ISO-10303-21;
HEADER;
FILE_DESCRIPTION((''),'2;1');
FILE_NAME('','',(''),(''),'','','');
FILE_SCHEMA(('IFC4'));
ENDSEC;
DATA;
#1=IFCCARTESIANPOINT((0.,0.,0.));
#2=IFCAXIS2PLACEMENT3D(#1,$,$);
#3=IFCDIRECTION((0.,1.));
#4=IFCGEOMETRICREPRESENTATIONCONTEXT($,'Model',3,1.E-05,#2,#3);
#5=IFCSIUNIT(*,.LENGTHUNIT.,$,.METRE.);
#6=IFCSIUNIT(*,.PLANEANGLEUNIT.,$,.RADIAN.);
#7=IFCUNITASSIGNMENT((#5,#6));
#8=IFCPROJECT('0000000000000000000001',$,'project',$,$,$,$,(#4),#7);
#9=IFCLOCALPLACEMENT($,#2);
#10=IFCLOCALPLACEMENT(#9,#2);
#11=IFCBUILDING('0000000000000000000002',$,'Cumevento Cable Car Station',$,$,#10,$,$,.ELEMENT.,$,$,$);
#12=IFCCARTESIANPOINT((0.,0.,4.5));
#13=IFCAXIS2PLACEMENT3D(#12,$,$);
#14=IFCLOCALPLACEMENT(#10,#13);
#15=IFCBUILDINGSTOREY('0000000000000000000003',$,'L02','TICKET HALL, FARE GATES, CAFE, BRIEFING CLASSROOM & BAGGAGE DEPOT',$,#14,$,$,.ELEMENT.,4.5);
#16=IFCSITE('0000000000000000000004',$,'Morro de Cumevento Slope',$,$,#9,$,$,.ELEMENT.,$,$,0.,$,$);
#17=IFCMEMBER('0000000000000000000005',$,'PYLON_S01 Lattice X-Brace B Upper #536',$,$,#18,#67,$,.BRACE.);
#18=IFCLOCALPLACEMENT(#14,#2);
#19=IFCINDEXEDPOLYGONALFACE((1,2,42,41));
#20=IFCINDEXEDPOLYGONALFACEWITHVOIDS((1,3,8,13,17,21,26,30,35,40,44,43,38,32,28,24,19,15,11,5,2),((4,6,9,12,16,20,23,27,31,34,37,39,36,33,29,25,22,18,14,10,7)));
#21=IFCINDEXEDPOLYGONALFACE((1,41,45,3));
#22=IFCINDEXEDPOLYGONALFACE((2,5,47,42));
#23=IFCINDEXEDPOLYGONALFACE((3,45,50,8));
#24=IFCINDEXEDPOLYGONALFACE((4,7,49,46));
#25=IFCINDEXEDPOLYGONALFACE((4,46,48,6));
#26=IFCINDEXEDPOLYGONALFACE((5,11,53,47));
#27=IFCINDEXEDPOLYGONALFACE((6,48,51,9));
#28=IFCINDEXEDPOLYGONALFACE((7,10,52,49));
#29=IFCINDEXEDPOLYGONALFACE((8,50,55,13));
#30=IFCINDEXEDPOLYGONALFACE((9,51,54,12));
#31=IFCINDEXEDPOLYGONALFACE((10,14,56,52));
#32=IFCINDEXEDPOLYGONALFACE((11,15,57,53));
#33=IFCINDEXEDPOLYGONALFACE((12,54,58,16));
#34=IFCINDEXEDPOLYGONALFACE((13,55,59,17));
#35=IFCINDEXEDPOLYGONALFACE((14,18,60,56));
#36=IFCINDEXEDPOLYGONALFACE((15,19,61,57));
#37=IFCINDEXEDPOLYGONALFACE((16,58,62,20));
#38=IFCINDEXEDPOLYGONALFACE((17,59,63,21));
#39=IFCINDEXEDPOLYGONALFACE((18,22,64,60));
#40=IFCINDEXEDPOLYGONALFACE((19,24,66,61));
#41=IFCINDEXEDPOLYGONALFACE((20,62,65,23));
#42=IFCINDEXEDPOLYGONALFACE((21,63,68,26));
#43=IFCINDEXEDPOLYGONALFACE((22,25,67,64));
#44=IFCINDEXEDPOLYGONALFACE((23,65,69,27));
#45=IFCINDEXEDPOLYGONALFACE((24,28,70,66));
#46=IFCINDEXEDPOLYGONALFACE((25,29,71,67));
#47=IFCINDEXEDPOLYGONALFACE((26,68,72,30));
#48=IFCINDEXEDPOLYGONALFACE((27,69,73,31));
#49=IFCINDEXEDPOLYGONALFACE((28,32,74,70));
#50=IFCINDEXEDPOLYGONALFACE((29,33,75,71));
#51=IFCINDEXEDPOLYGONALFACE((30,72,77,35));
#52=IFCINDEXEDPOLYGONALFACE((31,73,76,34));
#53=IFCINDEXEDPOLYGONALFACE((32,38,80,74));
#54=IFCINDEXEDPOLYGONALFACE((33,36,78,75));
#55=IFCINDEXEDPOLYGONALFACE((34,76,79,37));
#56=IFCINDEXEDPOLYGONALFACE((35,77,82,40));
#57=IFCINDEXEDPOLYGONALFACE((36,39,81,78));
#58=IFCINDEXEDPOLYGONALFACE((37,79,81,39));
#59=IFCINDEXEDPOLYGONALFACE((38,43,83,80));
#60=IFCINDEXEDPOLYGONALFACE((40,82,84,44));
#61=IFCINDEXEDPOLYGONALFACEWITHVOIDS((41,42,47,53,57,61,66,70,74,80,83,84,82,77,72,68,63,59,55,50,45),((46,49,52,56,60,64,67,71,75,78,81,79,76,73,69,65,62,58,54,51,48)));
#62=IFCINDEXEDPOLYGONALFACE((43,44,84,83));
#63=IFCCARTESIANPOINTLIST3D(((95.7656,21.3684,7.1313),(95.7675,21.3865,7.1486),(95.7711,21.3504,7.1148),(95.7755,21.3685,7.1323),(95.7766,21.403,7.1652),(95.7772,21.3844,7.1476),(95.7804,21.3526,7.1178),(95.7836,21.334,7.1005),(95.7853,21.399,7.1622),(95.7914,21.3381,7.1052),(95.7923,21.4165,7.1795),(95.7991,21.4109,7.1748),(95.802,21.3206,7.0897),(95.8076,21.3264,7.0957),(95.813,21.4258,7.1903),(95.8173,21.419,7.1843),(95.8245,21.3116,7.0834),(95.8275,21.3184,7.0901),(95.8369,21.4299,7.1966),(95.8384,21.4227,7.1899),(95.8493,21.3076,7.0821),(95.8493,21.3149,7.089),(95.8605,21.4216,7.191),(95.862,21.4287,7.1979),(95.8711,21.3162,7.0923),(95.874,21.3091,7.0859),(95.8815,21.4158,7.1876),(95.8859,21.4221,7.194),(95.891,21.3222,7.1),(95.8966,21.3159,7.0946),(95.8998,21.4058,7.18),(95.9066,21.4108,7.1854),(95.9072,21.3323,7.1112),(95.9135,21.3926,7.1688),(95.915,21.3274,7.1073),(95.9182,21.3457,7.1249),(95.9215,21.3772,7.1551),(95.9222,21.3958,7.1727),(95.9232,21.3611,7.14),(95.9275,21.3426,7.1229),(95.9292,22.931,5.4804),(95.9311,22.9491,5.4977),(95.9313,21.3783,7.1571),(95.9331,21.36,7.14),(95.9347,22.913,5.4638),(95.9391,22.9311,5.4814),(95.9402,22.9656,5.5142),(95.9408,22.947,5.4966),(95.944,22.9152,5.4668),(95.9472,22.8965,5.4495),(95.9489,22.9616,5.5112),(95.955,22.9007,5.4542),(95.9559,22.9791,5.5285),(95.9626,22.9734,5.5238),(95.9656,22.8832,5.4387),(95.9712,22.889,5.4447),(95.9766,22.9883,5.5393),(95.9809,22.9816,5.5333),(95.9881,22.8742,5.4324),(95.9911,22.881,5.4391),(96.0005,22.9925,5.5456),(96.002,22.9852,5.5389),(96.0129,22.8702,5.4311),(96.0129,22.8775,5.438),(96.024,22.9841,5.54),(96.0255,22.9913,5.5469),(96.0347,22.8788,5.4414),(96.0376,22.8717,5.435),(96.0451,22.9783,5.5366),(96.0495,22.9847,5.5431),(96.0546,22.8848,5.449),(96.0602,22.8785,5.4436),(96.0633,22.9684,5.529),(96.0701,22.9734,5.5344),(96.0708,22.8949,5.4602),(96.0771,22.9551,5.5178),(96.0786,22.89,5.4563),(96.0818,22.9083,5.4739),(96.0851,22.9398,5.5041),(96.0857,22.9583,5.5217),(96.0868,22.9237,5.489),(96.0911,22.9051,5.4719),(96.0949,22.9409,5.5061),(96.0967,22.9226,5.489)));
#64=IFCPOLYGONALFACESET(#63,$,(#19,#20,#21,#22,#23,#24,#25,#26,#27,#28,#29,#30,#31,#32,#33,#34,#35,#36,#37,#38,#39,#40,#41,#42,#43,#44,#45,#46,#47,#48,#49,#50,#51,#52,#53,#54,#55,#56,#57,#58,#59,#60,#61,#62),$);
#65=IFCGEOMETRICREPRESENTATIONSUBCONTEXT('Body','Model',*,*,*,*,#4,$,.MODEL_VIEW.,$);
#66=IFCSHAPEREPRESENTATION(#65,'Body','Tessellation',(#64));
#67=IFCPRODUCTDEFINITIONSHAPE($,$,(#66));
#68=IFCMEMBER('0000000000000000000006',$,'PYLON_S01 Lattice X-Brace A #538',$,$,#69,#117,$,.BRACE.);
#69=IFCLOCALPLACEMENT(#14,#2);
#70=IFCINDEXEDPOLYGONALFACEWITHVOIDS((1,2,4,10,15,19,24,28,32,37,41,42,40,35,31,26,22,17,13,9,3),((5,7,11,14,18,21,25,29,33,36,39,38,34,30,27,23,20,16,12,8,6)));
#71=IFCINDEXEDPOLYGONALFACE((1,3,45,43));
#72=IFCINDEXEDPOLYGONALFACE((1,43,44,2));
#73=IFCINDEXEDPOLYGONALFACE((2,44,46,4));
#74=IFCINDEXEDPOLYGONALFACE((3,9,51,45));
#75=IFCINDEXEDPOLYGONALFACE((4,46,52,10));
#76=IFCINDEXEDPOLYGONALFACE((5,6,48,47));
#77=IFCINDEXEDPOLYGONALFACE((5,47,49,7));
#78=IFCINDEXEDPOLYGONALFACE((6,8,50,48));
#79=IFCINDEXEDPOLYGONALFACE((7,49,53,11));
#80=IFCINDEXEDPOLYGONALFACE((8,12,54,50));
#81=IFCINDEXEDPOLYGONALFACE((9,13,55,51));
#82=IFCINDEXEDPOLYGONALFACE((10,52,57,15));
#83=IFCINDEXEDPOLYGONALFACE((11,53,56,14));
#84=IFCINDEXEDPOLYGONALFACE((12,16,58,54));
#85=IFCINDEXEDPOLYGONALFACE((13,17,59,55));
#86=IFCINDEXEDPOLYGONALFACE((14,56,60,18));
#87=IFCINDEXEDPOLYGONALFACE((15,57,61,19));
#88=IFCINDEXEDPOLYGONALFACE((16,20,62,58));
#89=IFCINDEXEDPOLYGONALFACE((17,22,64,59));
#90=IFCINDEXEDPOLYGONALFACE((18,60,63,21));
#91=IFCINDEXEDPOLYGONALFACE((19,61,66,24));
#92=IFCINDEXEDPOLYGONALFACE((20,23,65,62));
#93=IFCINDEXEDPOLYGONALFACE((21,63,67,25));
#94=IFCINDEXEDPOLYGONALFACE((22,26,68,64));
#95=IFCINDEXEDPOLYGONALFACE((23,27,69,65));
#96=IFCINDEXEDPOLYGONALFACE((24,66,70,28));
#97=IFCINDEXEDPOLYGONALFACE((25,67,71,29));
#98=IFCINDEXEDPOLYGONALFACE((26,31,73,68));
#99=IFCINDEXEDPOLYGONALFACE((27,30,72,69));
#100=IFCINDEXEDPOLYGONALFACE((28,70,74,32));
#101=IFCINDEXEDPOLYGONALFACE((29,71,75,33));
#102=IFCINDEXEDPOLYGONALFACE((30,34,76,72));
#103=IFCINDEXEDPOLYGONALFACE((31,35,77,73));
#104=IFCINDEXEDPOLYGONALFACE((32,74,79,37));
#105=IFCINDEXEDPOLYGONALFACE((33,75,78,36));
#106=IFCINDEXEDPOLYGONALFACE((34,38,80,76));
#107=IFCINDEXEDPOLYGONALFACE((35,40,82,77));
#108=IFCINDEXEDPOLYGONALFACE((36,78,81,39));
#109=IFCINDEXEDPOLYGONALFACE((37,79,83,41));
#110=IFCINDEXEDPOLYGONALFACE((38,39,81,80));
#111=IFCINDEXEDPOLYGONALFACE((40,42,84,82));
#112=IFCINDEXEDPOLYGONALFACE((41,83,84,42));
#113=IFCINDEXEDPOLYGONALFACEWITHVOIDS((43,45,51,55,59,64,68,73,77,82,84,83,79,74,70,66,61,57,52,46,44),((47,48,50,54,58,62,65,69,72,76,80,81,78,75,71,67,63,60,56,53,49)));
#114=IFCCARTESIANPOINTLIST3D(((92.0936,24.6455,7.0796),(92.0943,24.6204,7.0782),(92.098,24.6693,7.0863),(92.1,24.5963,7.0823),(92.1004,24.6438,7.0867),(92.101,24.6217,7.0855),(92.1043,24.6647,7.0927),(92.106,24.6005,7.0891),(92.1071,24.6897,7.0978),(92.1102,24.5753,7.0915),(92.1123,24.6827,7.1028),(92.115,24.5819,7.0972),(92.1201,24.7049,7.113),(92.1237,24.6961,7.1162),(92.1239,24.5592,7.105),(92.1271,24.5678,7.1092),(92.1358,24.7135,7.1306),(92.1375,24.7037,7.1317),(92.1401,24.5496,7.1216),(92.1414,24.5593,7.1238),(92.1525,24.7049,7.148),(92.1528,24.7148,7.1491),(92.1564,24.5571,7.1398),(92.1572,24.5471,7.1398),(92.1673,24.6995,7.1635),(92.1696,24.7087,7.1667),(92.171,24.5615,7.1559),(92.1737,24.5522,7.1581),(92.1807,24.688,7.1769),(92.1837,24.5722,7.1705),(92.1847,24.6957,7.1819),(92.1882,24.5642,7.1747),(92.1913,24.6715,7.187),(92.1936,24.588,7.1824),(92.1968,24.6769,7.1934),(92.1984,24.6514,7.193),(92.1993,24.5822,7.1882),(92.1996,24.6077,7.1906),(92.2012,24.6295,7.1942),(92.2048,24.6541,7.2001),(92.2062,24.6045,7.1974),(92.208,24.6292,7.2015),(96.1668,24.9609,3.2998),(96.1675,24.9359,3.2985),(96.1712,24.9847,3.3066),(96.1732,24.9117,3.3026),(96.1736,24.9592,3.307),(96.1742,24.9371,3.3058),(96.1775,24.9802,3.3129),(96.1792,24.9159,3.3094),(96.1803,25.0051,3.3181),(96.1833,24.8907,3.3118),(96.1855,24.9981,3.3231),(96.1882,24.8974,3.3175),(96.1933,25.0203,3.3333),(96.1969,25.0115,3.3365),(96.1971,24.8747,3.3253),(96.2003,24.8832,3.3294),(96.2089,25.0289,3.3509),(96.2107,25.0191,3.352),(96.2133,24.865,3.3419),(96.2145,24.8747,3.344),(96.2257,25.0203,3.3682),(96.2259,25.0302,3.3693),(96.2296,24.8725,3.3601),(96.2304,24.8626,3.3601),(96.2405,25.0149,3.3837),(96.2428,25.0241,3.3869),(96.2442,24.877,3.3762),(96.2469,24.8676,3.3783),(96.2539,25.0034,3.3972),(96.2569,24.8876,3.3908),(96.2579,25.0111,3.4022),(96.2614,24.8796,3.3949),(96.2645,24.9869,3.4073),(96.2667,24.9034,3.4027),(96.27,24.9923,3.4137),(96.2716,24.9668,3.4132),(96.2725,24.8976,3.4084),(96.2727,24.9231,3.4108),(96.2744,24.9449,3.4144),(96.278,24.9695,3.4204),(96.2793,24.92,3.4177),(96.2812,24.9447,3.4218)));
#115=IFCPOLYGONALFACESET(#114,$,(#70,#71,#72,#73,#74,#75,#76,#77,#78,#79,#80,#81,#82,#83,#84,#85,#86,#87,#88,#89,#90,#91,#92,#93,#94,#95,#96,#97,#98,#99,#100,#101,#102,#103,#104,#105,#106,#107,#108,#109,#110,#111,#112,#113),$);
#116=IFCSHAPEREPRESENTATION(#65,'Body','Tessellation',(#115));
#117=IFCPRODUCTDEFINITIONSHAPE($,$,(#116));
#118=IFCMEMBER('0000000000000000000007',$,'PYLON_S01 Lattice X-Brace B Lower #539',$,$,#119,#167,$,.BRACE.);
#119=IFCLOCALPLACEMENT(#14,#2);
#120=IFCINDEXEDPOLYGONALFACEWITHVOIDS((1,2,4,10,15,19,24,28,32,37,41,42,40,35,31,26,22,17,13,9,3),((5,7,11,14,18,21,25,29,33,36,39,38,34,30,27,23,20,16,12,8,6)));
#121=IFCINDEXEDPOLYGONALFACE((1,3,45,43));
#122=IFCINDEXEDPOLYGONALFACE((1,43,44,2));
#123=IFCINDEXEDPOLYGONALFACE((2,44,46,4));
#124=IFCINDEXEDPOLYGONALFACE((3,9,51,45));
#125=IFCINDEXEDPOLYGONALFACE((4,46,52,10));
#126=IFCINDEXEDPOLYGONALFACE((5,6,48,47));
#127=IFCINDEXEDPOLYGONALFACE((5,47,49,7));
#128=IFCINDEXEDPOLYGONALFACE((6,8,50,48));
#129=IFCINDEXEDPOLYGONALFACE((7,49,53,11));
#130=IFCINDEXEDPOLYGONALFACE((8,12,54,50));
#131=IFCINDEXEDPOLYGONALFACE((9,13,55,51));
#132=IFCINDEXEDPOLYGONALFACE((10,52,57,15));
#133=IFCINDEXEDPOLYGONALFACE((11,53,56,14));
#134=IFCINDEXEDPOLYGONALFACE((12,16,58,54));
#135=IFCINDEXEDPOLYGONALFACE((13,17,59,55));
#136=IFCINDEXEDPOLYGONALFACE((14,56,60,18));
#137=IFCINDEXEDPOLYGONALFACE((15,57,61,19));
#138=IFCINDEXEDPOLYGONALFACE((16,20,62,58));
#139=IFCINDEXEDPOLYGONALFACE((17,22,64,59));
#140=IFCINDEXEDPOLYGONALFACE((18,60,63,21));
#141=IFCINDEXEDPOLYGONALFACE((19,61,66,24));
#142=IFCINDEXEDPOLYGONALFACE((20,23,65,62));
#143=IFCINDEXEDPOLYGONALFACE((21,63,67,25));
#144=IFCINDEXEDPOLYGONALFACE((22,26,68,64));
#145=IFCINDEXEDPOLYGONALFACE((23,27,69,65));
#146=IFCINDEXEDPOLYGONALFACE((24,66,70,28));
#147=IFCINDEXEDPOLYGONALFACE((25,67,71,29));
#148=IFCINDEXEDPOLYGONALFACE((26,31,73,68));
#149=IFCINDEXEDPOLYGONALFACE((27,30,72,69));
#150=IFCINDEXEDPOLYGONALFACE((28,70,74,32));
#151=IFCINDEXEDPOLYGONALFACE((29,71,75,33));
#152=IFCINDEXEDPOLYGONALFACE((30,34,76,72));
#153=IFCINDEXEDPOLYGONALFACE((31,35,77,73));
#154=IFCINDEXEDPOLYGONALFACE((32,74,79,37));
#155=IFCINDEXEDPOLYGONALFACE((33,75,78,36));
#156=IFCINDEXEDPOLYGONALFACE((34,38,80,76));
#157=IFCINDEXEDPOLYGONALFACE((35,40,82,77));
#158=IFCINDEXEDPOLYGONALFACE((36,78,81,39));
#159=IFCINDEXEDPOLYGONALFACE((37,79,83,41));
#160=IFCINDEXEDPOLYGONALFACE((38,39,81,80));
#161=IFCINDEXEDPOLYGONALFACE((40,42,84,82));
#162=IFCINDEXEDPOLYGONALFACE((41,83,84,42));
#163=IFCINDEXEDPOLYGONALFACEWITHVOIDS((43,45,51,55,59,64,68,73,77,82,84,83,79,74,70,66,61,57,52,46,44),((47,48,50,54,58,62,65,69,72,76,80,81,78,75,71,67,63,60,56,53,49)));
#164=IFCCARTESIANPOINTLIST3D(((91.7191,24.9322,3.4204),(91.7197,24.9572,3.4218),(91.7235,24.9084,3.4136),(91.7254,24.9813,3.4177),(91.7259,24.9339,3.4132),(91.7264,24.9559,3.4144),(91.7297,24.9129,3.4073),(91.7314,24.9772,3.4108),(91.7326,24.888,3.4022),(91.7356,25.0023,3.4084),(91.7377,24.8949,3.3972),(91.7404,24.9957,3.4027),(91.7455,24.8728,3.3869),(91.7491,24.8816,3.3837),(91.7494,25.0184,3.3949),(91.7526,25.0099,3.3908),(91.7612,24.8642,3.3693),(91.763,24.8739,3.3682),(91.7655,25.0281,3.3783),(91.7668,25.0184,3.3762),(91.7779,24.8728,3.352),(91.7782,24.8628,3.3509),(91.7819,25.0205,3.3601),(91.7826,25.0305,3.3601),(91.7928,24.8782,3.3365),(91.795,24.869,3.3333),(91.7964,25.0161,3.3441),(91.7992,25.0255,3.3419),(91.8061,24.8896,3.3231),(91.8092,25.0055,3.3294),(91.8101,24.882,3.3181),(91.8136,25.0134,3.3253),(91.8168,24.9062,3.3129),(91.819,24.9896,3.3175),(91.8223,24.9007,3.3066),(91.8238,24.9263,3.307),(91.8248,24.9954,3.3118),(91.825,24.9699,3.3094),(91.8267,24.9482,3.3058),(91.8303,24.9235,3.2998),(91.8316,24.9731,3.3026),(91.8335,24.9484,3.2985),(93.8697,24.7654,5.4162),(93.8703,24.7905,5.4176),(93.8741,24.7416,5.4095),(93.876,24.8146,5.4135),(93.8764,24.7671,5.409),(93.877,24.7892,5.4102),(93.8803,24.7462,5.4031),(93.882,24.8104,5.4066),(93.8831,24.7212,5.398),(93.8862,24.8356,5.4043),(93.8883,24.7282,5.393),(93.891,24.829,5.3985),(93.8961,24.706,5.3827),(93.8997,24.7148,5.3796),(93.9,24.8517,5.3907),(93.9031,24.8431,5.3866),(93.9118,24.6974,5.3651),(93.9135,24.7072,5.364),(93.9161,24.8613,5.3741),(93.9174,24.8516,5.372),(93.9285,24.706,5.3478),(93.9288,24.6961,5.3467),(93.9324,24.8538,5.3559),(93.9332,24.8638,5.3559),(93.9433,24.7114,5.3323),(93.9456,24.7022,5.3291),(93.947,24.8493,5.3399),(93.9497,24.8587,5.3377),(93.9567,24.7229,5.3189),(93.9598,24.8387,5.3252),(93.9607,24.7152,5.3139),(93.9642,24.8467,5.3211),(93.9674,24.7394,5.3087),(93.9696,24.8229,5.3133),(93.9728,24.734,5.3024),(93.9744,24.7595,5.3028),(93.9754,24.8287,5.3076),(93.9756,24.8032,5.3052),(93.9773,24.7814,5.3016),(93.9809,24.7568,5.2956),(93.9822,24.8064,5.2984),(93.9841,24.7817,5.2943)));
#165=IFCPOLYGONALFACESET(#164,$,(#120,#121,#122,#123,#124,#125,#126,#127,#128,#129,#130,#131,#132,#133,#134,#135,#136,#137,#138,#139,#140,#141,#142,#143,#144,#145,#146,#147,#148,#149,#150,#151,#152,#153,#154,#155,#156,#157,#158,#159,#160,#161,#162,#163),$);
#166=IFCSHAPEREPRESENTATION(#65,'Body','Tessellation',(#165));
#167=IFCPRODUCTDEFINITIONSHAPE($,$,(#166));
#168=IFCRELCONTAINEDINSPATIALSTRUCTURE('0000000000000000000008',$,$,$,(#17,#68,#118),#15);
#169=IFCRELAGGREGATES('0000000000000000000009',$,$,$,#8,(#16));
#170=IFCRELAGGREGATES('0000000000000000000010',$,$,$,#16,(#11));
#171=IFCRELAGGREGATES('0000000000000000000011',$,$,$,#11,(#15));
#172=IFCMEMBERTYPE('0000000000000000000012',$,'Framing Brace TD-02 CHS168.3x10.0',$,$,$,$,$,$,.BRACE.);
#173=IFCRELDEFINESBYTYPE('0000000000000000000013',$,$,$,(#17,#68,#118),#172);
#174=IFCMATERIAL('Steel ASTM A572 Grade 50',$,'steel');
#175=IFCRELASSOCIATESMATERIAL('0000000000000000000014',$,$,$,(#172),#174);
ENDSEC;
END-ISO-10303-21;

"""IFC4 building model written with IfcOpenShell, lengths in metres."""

from ifc_helpers import new_model, si_unit, direction, frame, origin, origin_2d, place, context, subcontext, project, spatial, hollow_circle, extrude, material, material_profile, profile_set, type_object, element, save


model = new_model("IFC4")

# Units and contexts
model_context = context("Model", 3, precision=1e-05, world=origin(), true_north=direction((0.0, 1.0)))
body_context = subcontext(model_context, "Body", "Model", "MODEL_VIEW")
ifc_project = project(units=[si_unit("LENGTHUNIT", "METRE"), si_unit("PLANEANGLEUNIT", "RADIAN")], contexts=[model_context])

# Site, building, storey
site_placement = place(None, origin())
site = spatial("IfcSite", under=ifc_project, at=site_placement, Name="Morro de Cumevento Slope", CompositionType="ELEMENT", RefElevation=0.0)
building_placement = place(site_placement, origin())
building = spatial("IfcBuilding", under=site, at=building_placement, Name="Cumevento Cable Car Station", CompositionType="ELEMENT")
storey_placement = place(building_placement, frame((0.0, 0.0, 4.5)))
storey = spatial("IfcBuildingStorey", under=building, at=storey_placement, Name="L02", Description="TICKET HALL, FARE GATES, CAFE, BRIEFING CLASSROOM & BAGGAGE DEPOT", CompositionType="ELEMENT", Elevation=4.5)

# Members
ifc_material_1 = material(Name="Steel ASTM A572 Grade 50", Category="steel")
ifc_material_profile_1 = material_profile(ifc_material_1, hollow_circle(Radius=0.0842, WallThickness=0.01, at=origin_2d()), Name="CHS168.3x10.0")
ifc_profile_set_1 = profile_set([ifc_material_profile_1], Name="Steel ASTM A572 Grade 50")
member_type_1 = type_object("IfcMemberType", Name="Framing Brace TD-02 CHS168.3x10.0", PredefinedType="BRACE", material=ifc_profile_set_1)
member_1_placement = place(storey_placement, frame((96.0129, 22.9314, 5.489), z_axis=(-0.071776, -0.685626, 0.724407), x_axis=(0.994565, -0.104119, 0.0)))
element("IfcMember", 1, at=member_1_placement, inside=storey, type_object=member_type_1, Name="PYLON_S01 Lattice X-Brace B Upper #536", PredefinedType="BRACE", context=body_context, shape_type="SweptSolid", body=[
    extrude(hollow_circle(Radius=0.0842, WallThickness=0.01, at=origin_2d()), origin(), (0.0, 0.0, 1.0), 2.2791),
])
member_2_placement = place(storey_placement, frame((96.2239, 24.9465, 3.3601), z_axis=(-0.731841, -0.056673, 0.679115), x_axis=(0.077208, -0.997015, 0.0)))
element("IfcMember", 2, at=member_2_placement, inside=storey, type_object=member_type_1, Name="PYLON_S01 Lattice X-Brace A #538", PredefinedType="BRACE", context=body_context, shape_type="SweptSolid", body=[
    extrude(hollow_circle(Radius=0.0842, WallThickness=0.01, at=origin_2d()), origin(), (0.0, 0.0, 1.0), 5.5657),
])
member_3_placement = place(storey_placement, frame((91.7761, 24.9465, 3.3601), z_axis=(0.731811, -0.05674, 0.679141), x_axis=(0.077302, 0.997008, 0.0)))
element("IfcMember", 3, at=member_3_placement, inside=storey, type_object=member_type_1, Name="PYLON_S01 Lattice X-Brace B Lower #539", PredefinedType="BRACE", context=body_context, shape_type="SweptSolid", body=[
    extrude(hollow_circle(Radius=0.0842, WallThickness=0.01, at=origin_2d()), origin(), (0.0, 0.0, 1.0), 2.9387),
])

save(model, "model.ifc")
